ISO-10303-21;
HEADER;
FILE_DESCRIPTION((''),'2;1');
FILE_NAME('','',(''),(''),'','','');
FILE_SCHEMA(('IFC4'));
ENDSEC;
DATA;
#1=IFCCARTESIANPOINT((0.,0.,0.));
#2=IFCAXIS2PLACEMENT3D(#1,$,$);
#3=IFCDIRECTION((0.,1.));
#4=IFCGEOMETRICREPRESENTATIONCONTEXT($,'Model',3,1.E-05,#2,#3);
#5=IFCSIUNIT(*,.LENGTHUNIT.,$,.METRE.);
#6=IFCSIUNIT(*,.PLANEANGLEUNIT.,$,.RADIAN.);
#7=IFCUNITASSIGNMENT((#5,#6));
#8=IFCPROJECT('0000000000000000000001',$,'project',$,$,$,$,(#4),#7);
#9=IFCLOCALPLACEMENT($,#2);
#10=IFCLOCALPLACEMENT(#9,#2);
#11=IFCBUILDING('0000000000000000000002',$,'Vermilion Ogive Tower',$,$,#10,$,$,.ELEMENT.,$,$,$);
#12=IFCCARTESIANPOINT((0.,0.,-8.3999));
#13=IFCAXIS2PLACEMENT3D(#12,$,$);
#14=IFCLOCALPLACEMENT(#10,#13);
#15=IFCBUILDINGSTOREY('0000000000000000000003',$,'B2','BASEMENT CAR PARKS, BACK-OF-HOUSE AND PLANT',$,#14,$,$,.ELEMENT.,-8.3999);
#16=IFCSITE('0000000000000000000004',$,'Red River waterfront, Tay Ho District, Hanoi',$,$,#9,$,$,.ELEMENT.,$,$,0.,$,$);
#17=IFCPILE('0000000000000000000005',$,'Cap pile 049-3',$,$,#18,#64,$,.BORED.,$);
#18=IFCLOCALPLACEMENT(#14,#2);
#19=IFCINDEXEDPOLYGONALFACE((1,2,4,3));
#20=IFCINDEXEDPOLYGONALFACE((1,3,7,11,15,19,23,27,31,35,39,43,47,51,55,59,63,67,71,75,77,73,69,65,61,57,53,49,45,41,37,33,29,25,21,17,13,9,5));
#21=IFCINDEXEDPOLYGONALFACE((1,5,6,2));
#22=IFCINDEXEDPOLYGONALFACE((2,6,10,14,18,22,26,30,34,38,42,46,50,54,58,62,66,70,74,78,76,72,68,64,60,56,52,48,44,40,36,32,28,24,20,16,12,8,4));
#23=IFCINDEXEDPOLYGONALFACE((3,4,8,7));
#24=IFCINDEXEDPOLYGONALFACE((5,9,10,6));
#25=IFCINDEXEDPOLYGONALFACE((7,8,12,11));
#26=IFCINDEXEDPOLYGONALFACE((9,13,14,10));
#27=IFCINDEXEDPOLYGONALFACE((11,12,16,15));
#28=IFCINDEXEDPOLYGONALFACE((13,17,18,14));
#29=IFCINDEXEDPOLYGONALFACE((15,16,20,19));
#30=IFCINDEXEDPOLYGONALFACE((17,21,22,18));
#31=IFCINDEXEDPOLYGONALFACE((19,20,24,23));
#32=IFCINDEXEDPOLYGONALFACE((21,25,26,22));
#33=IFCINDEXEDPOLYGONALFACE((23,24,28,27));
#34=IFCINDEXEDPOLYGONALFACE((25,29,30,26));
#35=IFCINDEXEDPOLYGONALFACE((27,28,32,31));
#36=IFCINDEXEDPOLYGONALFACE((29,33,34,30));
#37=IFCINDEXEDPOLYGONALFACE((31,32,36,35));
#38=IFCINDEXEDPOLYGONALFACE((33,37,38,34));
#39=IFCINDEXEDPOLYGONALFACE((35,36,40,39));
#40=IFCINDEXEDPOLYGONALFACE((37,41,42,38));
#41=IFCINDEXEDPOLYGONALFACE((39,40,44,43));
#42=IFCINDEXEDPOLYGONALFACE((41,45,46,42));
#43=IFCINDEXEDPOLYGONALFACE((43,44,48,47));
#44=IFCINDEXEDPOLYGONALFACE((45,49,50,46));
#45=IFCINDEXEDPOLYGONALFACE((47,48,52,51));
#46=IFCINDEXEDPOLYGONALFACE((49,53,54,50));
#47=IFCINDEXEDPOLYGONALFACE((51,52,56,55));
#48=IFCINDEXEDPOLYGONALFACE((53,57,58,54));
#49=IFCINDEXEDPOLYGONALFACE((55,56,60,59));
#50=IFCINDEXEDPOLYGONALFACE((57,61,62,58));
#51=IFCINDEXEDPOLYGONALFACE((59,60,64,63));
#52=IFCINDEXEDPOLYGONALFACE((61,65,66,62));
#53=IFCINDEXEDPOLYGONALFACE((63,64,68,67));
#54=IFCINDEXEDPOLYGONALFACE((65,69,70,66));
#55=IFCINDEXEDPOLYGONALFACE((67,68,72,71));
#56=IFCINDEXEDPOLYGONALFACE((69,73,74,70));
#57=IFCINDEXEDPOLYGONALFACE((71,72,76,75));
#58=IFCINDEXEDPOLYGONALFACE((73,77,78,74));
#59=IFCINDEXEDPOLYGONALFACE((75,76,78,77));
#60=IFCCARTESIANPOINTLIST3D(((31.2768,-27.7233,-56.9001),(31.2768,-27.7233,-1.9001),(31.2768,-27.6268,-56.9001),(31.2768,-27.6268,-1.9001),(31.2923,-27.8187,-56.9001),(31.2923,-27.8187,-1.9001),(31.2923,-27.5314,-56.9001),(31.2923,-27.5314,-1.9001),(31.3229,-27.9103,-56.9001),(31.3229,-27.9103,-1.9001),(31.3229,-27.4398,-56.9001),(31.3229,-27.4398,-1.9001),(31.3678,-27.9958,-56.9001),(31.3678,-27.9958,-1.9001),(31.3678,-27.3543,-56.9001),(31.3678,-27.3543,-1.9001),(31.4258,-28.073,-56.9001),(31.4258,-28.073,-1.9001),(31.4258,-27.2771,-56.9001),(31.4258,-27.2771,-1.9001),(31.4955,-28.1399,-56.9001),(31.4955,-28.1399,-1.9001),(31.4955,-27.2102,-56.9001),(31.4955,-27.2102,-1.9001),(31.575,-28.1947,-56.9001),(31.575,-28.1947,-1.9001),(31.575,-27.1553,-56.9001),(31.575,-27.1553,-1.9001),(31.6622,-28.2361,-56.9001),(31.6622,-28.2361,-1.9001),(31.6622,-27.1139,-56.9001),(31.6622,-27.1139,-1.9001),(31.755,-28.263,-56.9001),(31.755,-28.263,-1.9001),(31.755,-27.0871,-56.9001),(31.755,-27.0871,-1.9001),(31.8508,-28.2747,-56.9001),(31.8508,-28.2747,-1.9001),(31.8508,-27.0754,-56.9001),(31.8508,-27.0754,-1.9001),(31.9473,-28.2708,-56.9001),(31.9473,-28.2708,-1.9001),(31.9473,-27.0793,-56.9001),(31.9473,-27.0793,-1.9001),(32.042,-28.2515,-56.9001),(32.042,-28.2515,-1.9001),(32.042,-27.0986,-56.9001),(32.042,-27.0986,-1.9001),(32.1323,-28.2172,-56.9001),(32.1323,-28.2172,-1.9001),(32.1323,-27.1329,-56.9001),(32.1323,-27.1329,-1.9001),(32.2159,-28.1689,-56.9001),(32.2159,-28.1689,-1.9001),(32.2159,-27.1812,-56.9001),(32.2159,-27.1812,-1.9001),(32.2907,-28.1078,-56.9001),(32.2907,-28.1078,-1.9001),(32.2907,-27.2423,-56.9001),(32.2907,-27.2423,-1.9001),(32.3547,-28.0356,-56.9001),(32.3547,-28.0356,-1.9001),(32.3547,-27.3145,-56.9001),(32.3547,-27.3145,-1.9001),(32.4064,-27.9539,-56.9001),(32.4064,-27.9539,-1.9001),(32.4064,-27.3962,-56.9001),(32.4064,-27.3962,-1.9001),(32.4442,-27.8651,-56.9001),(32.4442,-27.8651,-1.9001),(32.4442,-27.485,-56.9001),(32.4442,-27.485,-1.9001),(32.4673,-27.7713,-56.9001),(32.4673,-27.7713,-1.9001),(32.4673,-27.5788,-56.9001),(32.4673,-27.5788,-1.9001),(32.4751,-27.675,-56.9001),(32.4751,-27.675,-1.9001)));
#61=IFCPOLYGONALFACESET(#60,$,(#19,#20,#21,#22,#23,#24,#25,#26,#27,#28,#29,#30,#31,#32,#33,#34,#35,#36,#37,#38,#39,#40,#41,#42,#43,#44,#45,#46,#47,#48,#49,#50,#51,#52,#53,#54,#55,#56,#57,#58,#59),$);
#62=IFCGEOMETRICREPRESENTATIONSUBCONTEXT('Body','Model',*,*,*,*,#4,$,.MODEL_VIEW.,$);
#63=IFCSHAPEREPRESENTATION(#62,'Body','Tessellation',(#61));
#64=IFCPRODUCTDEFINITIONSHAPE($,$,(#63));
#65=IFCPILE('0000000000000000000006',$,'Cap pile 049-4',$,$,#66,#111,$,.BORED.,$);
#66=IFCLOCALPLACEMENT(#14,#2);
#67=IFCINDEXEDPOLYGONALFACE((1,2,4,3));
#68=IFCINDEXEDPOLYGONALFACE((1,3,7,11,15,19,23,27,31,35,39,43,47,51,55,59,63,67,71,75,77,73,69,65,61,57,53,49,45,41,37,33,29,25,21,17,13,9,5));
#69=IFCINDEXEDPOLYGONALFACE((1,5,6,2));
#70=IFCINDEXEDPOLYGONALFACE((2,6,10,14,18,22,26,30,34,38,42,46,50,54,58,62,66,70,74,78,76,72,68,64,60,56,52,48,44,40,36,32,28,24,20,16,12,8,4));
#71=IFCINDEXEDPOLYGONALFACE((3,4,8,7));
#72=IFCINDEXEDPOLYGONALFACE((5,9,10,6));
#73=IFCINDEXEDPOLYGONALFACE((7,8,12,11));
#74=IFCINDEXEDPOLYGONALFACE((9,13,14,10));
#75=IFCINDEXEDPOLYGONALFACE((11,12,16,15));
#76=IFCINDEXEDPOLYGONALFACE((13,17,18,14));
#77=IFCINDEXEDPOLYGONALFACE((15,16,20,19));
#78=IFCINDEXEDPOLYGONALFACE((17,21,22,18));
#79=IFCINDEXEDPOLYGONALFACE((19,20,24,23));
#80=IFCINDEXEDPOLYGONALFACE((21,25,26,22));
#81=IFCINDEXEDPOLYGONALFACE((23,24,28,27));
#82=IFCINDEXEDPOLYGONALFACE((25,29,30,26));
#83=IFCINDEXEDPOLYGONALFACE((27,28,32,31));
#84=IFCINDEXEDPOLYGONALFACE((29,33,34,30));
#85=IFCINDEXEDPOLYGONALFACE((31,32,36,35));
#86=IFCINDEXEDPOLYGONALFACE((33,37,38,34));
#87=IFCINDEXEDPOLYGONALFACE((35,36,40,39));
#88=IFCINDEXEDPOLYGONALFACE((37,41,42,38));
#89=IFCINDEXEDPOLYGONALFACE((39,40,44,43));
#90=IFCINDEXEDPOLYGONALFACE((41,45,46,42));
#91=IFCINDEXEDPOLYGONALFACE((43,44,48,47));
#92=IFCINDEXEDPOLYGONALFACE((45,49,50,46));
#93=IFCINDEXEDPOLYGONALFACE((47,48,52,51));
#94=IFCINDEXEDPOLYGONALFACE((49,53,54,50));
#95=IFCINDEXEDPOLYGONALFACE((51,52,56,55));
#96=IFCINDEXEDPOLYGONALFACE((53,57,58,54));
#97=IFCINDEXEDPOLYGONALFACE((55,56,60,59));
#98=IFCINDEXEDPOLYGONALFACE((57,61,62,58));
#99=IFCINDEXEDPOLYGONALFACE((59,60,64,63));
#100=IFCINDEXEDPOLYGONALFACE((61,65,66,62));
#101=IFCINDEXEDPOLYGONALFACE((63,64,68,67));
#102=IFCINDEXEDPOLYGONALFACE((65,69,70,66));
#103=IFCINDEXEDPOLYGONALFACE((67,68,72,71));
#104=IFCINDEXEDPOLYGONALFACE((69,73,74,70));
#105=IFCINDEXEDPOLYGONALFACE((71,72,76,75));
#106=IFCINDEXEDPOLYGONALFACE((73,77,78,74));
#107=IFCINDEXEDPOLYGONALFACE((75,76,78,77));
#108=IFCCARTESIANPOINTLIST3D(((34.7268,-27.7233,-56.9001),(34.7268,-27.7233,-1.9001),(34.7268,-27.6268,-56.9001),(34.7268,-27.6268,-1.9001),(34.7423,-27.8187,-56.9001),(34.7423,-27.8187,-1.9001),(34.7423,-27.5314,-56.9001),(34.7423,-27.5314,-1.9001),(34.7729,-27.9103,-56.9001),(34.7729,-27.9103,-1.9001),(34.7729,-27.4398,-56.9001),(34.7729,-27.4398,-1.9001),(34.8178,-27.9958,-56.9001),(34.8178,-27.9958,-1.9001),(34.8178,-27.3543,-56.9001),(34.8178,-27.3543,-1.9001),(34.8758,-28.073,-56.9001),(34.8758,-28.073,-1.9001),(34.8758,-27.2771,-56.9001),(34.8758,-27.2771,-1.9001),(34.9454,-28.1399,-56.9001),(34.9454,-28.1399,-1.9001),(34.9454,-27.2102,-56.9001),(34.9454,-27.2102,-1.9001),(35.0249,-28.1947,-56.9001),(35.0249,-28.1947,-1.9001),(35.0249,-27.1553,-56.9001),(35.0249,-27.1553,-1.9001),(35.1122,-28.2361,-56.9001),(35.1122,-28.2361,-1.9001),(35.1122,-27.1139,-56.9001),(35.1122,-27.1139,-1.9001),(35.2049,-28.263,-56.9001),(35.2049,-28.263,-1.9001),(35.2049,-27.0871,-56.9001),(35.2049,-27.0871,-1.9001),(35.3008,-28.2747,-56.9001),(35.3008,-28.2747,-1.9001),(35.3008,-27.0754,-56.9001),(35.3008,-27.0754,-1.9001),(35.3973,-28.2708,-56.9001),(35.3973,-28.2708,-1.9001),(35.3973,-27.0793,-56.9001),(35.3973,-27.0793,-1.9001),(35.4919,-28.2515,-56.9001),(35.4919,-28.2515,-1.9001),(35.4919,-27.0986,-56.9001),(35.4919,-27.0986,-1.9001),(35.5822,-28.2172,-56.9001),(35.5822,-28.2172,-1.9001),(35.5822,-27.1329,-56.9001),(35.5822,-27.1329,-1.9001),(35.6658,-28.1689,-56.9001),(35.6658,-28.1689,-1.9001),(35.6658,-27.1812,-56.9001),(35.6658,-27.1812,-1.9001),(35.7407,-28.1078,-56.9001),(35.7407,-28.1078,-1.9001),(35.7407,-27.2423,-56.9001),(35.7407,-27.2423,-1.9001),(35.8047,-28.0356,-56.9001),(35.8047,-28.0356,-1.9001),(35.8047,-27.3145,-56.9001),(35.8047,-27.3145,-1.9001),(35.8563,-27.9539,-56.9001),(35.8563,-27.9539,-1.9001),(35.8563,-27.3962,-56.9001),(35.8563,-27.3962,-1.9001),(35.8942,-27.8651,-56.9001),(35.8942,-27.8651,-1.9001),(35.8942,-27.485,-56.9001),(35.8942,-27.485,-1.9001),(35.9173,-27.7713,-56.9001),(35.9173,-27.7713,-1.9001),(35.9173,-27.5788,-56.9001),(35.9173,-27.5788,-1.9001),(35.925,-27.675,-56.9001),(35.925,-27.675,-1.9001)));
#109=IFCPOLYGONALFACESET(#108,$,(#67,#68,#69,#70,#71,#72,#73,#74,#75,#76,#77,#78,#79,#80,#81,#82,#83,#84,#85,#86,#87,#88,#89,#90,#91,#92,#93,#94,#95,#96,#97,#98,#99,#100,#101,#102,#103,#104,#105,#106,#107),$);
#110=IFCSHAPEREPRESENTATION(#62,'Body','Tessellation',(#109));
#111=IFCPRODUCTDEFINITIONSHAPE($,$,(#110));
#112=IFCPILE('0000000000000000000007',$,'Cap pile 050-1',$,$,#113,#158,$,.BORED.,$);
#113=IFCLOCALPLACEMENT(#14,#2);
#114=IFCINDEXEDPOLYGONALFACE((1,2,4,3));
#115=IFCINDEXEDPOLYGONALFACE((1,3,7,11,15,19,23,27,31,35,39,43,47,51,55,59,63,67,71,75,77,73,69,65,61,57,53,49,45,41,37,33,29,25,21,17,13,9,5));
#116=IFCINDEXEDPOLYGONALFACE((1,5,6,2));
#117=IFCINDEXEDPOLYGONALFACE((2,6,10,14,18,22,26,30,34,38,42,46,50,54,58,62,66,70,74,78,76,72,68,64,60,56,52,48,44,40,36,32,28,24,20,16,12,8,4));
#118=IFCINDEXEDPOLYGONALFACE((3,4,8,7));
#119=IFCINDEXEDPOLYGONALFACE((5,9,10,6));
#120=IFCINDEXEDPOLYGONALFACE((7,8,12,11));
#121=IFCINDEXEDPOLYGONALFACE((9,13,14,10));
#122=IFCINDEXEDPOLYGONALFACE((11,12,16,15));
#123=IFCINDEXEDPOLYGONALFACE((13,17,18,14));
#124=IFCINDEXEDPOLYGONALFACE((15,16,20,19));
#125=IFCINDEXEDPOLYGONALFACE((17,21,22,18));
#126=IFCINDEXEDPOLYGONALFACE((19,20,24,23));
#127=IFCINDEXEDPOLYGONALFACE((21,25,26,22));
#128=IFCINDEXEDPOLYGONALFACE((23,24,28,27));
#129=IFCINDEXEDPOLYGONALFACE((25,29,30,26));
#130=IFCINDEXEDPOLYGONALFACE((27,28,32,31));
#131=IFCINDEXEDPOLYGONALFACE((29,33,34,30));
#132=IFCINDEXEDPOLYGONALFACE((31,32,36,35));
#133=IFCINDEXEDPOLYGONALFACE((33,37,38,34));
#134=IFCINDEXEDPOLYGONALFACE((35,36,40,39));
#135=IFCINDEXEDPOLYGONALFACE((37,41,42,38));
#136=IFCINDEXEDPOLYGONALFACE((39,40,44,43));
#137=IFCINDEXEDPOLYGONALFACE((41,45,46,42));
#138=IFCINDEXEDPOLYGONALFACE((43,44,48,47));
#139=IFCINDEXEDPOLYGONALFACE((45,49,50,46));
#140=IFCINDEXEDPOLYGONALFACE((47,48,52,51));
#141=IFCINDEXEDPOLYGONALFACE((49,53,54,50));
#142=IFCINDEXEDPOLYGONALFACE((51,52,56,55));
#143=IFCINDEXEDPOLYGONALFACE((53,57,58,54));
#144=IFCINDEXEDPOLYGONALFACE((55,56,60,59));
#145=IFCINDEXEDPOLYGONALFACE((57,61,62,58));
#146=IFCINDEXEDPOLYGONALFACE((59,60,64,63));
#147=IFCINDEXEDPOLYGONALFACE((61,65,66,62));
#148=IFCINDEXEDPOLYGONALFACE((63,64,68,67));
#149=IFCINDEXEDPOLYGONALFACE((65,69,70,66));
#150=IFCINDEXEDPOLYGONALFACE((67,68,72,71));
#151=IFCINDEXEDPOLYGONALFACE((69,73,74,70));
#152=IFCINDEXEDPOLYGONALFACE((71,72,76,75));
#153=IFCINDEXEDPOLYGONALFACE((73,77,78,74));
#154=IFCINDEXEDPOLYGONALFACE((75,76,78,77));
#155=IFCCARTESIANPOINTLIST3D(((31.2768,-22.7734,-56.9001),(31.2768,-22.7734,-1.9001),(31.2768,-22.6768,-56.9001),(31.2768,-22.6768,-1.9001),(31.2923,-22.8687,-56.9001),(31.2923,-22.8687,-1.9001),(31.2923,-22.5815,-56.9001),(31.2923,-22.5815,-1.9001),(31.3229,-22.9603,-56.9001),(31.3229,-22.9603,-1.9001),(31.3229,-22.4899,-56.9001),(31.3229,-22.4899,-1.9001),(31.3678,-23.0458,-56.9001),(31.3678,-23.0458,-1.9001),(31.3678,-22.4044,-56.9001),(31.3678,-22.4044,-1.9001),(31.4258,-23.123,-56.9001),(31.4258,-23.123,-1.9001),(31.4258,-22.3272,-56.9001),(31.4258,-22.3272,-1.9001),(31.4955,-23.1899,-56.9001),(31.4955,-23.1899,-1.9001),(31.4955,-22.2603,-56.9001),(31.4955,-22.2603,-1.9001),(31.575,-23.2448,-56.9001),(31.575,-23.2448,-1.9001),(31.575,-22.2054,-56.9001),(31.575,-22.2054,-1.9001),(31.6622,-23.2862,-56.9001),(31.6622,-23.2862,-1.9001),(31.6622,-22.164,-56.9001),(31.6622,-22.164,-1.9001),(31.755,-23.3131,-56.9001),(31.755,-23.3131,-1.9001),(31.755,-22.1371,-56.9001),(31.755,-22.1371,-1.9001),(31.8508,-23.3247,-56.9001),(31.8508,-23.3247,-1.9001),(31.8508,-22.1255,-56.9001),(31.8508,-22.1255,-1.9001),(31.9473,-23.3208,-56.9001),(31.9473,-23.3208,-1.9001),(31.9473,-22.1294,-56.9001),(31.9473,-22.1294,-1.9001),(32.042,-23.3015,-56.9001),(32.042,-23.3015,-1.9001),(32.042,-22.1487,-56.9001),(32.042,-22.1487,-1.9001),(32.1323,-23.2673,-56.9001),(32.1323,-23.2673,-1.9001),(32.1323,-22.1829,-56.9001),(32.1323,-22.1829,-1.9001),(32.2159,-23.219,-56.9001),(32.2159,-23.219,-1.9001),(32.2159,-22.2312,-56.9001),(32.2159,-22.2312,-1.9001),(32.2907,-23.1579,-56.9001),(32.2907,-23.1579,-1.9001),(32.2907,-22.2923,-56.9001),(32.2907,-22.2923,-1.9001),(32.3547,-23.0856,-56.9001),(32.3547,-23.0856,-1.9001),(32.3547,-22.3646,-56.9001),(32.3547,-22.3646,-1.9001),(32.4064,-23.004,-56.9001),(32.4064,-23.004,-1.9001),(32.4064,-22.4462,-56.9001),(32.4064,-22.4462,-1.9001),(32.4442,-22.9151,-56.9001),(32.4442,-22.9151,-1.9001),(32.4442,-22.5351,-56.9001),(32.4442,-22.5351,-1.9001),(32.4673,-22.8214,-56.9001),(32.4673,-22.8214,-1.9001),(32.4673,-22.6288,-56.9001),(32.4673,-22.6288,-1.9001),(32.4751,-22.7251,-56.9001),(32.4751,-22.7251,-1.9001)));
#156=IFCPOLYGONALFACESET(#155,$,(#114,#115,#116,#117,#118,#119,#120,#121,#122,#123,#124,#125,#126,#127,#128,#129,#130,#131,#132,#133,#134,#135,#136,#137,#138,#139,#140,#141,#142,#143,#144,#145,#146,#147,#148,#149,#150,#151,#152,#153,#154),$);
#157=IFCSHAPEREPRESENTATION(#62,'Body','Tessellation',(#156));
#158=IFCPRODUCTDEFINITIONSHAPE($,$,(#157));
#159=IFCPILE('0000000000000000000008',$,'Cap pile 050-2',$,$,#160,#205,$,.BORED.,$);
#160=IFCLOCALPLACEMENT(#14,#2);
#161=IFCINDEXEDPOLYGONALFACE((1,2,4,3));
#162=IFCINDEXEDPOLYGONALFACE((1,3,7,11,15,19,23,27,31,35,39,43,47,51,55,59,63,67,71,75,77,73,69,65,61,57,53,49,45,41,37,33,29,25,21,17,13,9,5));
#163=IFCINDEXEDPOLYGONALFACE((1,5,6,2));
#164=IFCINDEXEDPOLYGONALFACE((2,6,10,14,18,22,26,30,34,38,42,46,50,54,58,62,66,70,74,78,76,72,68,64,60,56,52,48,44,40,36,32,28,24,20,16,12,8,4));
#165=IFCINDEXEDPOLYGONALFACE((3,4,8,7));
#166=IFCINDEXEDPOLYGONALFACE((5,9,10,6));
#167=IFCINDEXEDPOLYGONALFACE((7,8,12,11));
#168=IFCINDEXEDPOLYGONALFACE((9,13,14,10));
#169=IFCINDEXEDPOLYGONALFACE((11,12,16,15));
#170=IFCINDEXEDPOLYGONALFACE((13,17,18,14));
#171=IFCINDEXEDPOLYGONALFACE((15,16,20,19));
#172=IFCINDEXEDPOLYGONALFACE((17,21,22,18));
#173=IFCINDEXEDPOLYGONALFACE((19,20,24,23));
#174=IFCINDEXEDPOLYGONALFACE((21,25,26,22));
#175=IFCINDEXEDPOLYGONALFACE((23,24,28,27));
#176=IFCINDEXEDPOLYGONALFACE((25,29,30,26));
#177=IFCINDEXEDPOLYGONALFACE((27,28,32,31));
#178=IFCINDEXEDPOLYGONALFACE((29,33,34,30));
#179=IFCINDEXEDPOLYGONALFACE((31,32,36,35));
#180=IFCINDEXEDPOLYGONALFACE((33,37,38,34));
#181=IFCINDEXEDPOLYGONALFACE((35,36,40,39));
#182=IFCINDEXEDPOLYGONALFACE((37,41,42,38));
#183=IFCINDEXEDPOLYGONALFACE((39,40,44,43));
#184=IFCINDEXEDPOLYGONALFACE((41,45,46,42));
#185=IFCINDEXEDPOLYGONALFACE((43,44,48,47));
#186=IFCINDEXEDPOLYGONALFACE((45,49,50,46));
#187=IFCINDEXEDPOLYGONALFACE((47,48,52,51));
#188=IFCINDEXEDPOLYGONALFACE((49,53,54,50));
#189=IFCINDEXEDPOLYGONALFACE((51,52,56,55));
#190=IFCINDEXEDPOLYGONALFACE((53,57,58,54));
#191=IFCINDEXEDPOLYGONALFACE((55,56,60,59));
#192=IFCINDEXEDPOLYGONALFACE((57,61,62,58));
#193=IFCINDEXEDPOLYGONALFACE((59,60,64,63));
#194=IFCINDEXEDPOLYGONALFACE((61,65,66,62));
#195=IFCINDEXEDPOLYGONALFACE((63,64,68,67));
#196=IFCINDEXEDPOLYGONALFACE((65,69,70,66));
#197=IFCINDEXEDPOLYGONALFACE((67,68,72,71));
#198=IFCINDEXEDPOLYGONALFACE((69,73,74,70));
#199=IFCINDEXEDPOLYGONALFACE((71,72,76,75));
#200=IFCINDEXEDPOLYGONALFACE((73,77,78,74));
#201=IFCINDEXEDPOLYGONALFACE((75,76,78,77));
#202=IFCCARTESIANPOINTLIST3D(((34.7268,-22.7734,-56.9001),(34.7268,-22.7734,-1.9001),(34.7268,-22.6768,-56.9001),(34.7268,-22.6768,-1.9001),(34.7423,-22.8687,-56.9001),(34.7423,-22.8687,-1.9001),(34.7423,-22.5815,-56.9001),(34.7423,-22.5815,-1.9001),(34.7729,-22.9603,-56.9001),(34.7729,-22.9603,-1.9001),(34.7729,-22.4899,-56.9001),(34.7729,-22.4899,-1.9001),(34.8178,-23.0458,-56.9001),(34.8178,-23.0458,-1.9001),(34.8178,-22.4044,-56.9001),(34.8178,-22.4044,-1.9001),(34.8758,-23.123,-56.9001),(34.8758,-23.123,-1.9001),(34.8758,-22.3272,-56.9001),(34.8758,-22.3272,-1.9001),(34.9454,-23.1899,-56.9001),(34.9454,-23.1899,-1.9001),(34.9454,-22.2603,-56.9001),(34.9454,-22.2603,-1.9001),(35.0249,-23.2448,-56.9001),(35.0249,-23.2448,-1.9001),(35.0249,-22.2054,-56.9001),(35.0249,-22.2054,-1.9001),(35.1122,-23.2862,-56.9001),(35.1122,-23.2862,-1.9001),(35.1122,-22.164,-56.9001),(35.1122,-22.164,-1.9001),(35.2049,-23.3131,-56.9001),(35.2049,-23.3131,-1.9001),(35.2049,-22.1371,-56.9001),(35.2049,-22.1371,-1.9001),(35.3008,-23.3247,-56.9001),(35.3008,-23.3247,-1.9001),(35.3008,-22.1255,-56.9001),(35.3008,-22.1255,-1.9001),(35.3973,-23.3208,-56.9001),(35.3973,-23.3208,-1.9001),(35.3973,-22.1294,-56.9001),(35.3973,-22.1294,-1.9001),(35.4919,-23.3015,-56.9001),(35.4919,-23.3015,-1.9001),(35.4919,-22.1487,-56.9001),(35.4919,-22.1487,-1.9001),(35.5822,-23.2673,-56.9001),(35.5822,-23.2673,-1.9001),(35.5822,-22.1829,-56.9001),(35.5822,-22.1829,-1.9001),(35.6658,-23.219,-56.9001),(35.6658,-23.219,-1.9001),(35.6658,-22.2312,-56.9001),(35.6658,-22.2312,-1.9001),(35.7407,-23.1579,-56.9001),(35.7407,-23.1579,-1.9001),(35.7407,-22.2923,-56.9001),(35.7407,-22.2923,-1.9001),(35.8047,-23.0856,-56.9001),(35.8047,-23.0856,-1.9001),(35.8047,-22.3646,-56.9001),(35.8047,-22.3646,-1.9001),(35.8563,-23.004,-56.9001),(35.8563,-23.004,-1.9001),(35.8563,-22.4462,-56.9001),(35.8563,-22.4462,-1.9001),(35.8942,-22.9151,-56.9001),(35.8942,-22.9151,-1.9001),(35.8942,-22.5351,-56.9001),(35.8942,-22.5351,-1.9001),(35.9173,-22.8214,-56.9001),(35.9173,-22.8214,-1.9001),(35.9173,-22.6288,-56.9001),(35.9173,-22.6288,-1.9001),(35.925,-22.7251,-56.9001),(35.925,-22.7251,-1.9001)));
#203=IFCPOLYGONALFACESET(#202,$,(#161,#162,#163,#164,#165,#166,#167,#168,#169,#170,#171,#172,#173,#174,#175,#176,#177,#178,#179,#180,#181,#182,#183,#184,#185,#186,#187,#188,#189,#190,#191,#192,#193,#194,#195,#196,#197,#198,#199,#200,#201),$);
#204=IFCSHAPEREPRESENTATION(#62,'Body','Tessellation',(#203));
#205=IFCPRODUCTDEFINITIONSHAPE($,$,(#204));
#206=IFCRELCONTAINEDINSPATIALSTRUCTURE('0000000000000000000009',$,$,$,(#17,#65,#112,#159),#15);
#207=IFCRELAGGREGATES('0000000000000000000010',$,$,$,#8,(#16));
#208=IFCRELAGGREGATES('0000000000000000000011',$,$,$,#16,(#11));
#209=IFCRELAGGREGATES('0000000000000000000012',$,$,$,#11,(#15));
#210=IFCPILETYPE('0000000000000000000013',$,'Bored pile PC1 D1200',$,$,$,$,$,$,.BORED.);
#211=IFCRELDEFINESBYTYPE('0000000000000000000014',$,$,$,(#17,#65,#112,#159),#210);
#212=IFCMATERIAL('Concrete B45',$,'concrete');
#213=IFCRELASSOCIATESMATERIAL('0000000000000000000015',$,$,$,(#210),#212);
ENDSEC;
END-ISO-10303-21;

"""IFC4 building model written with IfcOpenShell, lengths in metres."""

from ifc_helpers import new_model, si_unit, direction, frame, origin, origin_2d, place, context, subcontext, project, spatial, circle, extrude, material, type_object, element, save


model = new_model("IFC4")

# Units and contexts
model_context = context("Model", 3, precision=1e-05, world=origin(), true_north=direction((0.0, 1.0)))
body_context = subcontext(model_context, "Body", "Model", "MODEL_VIEW")
ifc_project = project(units=[si_unit("LENGTHUNIT", "METRE"), si_unit("PLANEANGLEUNIT", "RADIAN")], contexts=[model_context])

# Site, building, storey
site_placement = place(None, origin())
site = spatial("IfcSite", under=ifc_project, at=site_placement, Name="Red River waterfront, Tay Ho District, Hanoi", CompositionType="ELEMENT", RefElevation=0.0)
building_placement = place(site_placement, origin())
building = spatial("IfcBuilding", under=site, at=building_placement, Name="Vermilion Ogive Tower", CompositionType="ELEMENT")
storey_placement = place(building_placement, frame((0.0, 0.0, -8.3999)))
storey = spatial("IfcBuildingStorey", under=building, at=storey_placement, Name="B2", Description="BASEMENT CAR PARKS, BACK-OF-HOUSE AND PLANT", CompositionType="ELEMENT", Elevation=-8.3999)

# Piles
ifc_material_1 = material(Name="Concrete B45", Category="concrete")
pile_type = type_object("IfcPileType", Name="Bored pile PC1 D1200", PredefinedType="BORED", material=ifc_material_1)
for number, where, z_axis, x_axis, name in (
    (1, (31.875, -27.675, -1.9001), (0.0, 0.0, -1.0), (1.0, 0.0, 0.0), "Cap pile 049-3"),
    (2, (35.325, -27.675, -1.9001), (0.0, 0.0, -1.0), (1.0, 0.0, 0.0), "Cap pile 049-4"),
    (3, (31.875, -22.7251, -1.9001), (0.0, 0.0, -1.0), (1.0, 0.0, 0.0), "Cap pile 050-1"),
    (4, (35.325, -22.7251, -1.9001), (0.0, 0.0, -1.0), (1.0, 0.0, 0.0), "Cap pile 050-2"),
):
    element("IfcPile", number, at=place(storey_placement, frame(where, z_axis=z_axis, x_axis=x_axis)), inside=storey, type_object=pile_type, Name=name, PredefinedType="BORED", context=body_context, shape_type="SweptSolid", body=[
        extrude(circle(Radius=0.6001, at=origin_2d()), origin(), (0.0, 0.0, 1.0), 55.0),
    ])

save(model, "model.ifc")
